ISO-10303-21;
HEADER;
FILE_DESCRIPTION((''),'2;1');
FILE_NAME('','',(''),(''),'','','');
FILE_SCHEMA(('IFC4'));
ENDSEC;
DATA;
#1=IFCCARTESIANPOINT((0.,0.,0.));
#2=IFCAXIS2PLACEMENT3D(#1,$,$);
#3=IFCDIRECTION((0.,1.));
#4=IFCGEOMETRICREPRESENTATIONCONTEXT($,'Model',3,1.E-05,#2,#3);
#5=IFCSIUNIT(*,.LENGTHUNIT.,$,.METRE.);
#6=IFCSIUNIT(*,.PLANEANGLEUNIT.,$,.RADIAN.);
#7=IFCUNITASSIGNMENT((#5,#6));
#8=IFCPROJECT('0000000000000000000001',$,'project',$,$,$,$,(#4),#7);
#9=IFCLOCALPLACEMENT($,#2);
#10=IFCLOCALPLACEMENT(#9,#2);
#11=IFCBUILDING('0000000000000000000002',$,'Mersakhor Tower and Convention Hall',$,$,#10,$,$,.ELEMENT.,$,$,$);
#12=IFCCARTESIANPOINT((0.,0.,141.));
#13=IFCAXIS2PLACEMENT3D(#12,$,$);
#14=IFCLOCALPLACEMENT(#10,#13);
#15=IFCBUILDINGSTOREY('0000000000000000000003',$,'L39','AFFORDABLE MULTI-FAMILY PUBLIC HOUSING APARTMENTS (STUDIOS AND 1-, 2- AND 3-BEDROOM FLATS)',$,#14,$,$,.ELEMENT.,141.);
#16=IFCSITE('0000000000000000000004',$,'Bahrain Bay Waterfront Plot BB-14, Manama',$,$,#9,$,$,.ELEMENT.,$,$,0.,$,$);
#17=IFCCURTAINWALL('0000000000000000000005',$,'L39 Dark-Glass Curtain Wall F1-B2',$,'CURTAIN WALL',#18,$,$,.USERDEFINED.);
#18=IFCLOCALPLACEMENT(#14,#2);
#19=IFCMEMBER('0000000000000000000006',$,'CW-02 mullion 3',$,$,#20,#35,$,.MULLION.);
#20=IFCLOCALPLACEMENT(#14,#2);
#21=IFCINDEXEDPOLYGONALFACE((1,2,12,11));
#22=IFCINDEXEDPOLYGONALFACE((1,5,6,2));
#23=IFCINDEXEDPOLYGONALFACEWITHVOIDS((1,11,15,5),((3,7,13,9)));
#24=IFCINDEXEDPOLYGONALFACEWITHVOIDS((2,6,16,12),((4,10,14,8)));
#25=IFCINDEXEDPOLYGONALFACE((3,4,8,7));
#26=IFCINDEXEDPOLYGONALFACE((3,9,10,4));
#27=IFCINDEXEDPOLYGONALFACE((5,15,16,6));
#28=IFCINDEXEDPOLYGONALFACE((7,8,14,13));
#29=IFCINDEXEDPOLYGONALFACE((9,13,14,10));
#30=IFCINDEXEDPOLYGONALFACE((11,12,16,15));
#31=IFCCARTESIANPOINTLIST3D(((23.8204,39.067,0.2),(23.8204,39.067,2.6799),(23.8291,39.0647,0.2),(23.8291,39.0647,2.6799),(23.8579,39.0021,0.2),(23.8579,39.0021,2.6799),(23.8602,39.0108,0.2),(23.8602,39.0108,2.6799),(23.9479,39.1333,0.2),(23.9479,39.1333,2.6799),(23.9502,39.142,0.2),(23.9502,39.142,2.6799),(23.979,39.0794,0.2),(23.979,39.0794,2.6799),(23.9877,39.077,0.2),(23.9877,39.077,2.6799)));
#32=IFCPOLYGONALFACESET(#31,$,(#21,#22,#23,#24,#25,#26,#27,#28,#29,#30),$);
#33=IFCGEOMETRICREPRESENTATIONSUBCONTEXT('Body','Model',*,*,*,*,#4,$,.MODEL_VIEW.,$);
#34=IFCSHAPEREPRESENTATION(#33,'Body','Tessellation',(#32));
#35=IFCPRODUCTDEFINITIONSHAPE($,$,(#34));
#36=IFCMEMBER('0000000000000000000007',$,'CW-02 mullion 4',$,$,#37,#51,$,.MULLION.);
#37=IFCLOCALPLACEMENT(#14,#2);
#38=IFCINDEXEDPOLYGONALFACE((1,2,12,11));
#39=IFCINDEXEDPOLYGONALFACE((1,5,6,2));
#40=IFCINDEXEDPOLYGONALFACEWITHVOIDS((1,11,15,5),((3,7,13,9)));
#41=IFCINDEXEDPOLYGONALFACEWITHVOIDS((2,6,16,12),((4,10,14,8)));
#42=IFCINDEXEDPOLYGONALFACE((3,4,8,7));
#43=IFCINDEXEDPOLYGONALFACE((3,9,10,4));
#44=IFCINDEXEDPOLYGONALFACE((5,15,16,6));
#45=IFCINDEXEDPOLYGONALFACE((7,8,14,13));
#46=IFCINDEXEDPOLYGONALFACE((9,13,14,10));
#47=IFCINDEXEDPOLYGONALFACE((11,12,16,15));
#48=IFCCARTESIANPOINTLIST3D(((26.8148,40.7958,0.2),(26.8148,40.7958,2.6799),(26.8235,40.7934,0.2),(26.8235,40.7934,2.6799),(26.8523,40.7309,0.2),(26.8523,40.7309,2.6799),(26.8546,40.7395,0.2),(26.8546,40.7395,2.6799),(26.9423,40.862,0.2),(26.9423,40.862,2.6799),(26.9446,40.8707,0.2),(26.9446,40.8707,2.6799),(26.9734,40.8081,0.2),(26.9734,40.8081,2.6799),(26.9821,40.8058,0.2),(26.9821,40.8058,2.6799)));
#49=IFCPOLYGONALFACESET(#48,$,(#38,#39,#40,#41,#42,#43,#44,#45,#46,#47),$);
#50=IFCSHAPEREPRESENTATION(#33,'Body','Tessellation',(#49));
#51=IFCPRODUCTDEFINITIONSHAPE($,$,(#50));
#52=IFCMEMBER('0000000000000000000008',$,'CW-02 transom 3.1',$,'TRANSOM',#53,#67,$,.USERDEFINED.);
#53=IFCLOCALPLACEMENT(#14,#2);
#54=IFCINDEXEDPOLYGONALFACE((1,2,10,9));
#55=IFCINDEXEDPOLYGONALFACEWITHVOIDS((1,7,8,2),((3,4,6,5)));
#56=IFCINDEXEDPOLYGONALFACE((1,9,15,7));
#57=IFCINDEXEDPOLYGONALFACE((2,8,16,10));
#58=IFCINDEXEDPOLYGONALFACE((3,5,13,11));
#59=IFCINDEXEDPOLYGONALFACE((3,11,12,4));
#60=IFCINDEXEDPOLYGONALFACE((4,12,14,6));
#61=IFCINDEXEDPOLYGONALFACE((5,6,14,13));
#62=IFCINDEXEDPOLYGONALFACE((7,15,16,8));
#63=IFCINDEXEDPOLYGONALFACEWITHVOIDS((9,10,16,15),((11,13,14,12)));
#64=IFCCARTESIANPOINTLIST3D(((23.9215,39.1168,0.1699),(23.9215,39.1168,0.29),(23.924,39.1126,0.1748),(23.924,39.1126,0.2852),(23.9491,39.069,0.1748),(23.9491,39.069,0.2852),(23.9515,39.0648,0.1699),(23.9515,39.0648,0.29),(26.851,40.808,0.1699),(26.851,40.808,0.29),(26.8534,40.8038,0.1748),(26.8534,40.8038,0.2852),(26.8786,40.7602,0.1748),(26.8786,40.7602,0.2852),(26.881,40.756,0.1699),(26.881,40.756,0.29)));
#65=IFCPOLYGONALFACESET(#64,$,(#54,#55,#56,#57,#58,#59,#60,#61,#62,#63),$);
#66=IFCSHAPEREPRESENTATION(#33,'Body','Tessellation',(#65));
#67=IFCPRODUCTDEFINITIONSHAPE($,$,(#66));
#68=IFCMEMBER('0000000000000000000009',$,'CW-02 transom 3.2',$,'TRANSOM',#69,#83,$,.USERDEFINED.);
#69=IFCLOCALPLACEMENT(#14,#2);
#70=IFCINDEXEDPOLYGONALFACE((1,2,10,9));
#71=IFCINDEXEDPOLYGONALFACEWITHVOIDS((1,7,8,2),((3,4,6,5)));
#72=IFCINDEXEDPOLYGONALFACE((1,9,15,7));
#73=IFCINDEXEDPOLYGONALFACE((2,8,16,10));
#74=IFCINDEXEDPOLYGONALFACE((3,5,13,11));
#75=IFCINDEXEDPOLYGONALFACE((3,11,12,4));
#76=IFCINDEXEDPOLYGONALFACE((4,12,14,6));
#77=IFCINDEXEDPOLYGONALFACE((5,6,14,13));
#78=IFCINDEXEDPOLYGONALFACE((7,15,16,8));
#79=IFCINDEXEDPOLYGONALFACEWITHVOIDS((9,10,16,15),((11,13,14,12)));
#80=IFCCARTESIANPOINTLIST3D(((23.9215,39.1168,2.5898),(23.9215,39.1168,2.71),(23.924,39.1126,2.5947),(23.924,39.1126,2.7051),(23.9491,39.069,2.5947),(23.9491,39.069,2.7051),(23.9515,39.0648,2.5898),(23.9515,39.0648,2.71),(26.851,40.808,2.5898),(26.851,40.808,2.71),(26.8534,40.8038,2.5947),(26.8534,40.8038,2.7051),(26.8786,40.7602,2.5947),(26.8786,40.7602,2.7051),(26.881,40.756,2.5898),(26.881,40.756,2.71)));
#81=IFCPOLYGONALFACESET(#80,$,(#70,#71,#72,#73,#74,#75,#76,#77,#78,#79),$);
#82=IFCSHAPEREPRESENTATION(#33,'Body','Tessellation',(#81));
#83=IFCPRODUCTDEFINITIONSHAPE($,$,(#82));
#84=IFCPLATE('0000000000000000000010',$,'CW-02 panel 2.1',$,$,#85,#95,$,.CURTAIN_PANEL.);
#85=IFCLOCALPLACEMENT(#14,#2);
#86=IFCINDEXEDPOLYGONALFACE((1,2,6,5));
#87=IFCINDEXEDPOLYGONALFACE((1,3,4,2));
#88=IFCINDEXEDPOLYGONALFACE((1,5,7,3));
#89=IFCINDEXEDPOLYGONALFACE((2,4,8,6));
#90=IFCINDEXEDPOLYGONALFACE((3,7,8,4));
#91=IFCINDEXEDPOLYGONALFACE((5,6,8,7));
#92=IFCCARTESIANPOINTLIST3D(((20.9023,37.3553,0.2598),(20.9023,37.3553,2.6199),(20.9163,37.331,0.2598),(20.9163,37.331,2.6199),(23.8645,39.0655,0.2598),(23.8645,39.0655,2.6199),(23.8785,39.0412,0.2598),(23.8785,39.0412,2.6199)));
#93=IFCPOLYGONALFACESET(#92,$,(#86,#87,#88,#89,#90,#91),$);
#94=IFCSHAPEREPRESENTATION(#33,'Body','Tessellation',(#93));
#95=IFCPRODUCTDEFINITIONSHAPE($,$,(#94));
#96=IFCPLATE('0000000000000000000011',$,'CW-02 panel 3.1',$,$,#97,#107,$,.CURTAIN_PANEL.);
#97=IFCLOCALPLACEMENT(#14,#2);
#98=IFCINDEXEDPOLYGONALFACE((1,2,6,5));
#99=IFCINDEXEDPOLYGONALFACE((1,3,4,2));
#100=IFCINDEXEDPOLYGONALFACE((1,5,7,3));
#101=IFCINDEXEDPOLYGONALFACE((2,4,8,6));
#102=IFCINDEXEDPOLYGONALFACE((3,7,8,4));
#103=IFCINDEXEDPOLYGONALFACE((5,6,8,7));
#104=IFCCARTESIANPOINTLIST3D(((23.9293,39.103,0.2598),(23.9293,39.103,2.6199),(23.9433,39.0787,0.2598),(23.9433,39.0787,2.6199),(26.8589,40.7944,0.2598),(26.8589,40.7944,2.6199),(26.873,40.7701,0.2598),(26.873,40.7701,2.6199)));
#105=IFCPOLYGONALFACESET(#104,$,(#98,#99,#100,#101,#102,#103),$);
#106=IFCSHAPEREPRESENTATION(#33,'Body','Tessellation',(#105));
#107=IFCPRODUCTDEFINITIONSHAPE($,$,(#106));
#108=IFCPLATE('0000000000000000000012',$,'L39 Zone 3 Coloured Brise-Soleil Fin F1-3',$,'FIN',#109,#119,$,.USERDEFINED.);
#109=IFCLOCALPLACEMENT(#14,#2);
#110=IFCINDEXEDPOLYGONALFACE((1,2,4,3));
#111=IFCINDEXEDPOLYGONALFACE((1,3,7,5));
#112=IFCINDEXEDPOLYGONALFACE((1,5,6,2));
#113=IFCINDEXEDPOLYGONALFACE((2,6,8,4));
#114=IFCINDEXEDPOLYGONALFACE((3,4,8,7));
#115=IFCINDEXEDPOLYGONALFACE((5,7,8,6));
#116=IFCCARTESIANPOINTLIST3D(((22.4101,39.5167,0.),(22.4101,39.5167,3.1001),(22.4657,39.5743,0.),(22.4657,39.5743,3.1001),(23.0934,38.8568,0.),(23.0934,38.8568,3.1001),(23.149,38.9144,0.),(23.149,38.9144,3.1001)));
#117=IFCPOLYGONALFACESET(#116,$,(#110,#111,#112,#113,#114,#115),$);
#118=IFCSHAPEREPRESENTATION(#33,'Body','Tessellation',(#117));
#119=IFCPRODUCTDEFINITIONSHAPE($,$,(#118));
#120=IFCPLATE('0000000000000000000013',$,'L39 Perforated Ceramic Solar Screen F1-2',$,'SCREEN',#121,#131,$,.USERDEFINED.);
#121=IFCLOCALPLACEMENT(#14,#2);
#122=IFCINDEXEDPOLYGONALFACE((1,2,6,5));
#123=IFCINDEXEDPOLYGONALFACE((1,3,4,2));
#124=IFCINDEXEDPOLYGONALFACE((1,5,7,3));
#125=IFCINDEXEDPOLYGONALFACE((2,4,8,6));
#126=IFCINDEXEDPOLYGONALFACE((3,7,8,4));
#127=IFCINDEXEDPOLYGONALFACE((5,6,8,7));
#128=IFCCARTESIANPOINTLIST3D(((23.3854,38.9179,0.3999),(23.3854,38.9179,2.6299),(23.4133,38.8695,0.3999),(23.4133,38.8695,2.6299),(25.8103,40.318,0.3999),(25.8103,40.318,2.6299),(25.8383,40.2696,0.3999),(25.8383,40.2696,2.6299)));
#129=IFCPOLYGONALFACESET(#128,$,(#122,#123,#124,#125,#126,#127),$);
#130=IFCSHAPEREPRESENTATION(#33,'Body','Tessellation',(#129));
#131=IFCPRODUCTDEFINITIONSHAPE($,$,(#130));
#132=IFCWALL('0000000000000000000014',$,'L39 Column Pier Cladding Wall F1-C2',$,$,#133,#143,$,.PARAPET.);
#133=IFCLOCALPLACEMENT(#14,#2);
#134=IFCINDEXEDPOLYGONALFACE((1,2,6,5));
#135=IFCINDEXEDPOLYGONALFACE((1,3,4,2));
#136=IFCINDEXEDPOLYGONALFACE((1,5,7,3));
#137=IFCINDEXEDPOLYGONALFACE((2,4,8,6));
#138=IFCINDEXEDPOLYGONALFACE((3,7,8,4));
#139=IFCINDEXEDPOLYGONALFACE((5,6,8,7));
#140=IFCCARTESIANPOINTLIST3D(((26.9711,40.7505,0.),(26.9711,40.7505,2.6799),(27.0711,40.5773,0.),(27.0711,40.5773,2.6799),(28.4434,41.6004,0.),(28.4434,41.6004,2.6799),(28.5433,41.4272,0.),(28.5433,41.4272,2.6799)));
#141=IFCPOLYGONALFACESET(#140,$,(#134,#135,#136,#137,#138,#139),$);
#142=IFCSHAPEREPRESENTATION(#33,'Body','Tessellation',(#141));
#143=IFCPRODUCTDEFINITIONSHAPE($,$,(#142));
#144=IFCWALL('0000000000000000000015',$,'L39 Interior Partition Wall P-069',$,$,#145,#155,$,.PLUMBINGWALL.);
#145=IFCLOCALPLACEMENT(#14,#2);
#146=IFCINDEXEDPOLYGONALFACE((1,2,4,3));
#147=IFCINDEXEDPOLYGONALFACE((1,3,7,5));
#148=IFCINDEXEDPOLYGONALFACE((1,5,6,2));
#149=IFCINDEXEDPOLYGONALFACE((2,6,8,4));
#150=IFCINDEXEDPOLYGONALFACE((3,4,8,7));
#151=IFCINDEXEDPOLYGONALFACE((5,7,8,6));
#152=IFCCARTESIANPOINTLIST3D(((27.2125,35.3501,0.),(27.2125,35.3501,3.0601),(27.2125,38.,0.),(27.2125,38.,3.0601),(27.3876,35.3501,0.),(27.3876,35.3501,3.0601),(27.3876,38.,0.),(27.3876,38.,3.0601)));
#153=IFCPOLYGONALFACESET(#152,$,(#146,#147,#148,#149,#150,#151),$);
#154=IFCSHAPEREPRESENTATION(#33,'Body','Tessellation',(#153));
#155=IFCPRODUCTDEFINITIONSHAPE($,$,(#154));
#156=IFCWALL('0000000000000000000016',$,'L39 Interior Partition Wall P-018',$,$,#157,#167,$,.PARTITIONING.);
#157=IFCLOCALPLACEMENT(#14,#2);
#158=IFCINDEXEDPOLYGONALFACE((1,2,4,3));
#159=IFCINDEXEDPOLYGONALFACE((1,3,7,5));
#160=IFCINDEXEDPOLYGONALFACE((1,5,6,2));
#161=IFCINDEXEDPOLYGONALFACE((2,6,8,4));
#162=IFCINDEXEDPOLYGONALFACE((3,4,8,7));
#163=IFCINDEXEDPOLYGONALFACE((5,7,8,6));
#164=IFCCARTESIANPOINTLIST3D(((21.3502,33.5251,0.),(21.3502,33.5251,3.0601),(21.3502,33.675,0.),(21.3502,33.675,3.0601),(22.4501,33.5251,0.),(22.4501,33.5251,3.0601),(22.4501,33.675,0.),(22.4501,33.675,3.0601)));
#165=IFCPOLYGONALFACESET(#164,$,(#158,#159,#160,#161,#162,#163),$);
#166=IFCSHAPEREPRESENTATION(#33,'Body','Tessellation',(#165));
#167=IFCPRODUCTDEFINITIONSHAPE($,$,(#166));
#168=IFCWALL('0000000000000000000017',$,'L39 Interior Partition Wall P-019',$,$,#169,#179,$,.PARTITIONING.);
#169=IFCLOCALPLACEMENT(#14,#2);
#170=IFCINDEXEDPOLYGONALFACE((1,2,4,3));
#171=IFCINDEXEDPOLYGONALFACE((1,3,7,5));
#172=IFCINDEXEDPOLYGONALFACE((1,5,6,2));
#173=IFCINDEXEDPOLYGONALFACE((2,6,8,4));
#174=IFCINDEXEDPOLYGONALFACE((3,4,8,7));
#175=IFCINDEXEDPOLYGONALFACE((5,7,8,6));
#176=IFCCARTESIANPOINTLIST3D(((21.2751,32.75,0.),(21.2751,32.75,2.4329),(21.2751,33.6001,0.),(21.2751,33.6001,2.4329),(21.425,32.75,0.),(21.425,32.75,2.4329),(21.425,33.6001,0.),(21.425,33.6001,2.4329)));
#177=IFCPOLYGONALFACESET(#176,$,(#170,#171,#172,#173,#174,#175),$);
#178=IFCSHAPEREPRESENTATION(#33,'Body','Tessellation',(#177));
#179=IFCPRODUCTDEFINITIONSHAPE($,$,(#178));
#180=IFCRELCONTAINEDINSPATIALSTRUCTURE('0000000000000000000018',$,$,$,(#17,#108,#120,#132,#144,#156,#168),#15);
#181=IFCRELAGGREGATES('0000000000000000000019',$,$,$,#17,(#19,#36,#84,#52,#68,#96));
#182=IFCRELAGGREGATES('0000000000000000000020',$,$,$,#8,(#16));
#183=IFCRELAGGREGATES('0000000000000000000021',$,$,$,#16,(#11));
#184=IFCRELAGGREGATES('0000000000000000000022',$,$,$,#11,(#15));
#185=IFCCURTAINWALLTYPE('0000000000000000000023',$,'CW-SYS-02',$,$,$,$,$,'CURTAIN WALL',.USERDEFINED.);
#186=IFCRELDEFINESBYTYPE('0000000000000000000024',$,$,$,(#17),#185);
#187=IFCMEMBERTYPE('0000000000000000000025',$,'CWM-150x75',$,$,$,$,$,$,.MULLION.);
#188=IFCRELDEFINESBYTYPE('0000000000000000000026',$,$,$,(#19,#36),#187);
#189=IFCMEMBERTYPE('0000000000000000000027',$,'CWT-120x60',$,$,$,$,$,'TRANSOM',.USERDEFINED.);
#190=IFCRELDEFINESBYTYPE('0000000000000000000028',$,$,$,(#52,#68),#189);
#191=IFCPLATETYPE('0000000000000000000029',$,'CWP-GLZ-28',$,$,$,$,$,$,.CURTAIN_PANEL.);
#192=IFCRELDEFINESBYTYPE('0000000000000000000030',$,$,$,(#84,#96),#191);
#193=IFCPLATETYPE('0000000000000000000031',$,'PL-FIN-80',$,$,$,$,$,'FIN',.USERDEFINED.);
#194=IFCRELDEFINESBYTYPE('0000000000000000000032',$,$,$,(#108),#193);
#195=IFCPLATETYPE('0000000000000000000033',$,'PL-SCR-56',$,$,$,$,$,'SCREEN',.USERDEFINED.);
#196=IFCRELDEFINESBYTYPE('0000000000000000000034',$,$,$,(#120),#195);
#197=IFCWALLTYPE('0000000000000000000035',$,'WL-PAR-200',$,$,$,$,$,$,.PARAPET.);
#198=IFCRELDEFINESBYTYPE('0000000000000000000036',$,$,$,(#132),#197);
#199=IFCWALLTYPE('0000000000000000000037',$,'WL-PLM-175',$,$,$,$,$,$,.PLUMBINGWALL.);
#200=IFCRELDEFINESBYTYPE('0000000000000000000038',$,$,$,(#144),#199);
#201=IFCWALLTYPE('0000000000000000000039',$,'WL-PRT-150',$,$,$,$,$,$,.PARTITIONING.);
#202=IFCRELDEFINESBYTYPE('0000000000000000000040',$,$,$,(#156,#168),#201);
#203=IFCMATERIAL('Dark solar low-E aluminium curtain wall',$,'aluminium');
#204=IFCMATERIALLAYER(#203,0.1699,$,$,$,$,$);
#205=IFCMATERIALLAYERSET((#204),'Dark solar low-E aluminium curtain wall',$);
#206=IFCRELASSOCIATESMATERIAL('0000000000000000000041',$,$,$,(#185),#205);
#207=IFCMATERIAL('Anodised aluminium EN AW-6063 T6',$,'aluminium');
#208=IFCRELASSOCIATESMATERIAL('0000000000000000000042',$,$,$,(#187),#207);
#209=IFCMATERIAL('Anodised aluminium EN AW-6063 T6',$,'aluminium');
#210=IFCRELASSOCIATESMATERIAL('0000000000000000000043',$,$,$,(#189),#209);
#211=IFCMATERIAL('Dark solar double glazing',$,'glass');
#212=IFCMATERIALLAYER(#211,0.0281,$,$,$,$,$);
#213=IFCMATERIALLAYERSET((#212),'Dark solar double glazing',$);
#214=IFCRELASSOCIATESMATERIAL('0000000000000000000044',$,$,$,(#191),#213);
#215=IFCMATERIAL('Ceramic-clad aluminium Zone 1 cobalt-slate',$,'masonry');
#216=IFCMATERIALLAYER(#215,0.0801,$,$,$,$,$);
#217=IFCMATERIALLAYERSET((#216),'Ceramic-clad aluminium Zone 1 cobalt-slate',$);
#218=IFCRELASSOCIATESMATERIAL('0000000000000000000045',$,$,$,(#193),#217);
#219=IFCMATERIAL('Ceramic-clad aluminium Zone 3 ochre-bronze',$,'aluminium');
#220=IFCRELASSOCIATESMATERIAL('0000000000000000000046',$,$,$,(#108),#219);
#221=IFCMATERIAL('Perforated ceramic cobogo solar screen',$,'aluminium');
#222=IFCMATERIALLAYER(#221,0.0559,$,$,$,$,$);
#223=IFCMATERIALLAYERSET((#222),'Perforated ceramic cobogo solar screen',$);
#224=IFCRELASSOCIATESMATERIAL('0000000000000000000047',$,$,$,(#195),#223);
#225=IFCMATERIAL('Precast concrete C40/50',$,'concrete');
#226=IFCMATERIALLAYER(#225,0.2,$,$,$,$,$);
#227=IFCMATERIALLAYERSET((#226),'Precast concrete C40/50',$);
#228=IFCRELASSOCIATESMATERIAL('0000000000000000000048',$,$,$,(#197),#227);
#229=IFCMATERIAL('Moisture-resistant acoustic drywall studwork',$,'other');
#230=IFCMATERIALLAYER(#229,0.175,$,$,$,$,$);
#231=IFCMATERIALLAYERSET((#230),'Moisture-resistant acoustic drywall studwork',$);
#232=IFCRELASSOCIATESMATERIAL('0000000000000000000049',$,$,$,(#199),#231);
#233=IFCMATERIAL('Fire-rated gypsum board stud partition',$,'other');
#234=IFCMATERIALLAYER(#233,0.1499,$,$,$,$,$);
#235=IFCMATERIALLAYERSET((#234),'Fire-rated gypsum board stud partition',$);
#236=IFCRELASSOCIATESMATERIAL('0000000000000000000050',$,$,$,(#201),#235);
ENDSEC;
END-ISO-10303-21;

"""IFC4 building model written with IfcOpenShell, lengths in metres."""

from ifc_helpers import new_model, si_unit, direction, frame, frame_2d, origin, origin_2d, place, context, subcontext, project, spatial, rectangle, hollow_rectangle, extrude, material, layer, layer_set, material_profile, profile_set, type_object, element, aggregate, save


model = new_model("IFC4")

# Units and contexts
model_context = context("Model", 3, precision=1e-05, world=origin(), true_north=direction((0.0, 1.0)))
body_context = subcontext(model_context, "Body", "Model", "MODEL_VIEW")
ifc_project = project(units=[si_unit("LENGTHUNIT", "METRE"), si_unit("PLANEANGLEUNIT", "RADIAN")], contexts=[model_context])

# Site, building, storey
site_placement = place(None, origin())
site = spatial("IfcSite", under=ifc_project, at=site_placement, Name="Bahrain Bay Waterfront Plot BB-14, Manama", CompositionType="ELEMENT", RefElevation=0.0)
building_placement = place(site_placement, origin())
building = spatial("IfcBuilding", under=site, at=building_placement, Name="Mersakhor Tower and Convention Hall", CompositionType="ELEMENT")
storey_placement = place(building_placement, frame((0.0, 0.0, 141.0)))
storey = spatial("IfcBuildingStorey", under=building, at=storey_placement, Name="L39", Description="AFFORDABLE MULTI-FAMILY PUBLIC HOUSING APARTMENTS (STUDIOS AND 1-, 2- AND 3-BEDROOM FLATS)", CompositionType="ELEMENT", Elevation=141.0)

# Curtain wall, members, plates
ifc_material_1 = material(Name="Dark solar low-E aluminium curtain wall", Category="aluminium")
ifc_layer_1 = layer(ifc_material_1, 0.1699)
ifc_layer_set_1 = layer_set([ifc_layer_1], Name="Dark solar low-E aluminium curtain wall")
curtain_wall_type = type_object("IfcCurtainWallType", Name="CW-SYS-02", ElementType="CURTAIN WALL", PredefinedType="USERDEFINED", material=ifc_layer_set_1)
curtain_wall_placement = place(storey_placement, origin())
curtain_wall = element("IfcCurtainWall", 1, at=curtain_wall_placement, inside=storey, type_object=curtain_wall_type, Name="L39 Dark-Glass Curtain Wall F1-B2", ObjectType="CURTAIN WALL", PredefinedType="USERDEFINED")
ifc_material_2 = material(Name="Anodised aluminium EN AW-6063 T6", Category="aluminium")
ifc_material_profile_1 = material_profile(ifc_material_2, hollow_rectangle(XDim=0.075, YDim=0.1499, WallThickness=0.0063, at=origin_2d()), Name="RHS 150x75x6.3")
ifc_profile_set_1 = profile_set([ifc_material_profile_1], Name="Anodised aluminium EN AW-6063 T6")
member_type_1 = type_object("IfcMemberType", Name="CWM-150x75", PredefinedType="MULLION", material=ifc_profile_set_1)
member_1_placement = place(storey_placement, frame((23.9041, 39.072, 0.2), z_axis=(0.0, 0.0, 1.0), x_axis=(-0.49999, 0.866031, 0.0)))
member_1 = element("IfcMember", 2, at=member_1_placement, type_object=member_type_1, Name="CW-02 mullion 3", PredefinedType="MULLION", context=body_context, shape_type="SweptSolid", body=[
    extrude(hollow_rectangle(XDim=0.075, YDim=0.1499, WallThickness=0.0063, at=origin_2d()), origin(), (0.0, 0.0, 1.0), 2.48),
])
member_2_placement = place(storey_placement, frame((26.8984, 40.8008, 0.2), z_axis=(0.0, 0.0, 1.0), x_axis=(-0.49999, 0.866031, 0.0)))
member_2 = element("IfcMember", 3, at=member_2_placement, type_object=member_type_1, Name="CW-02 mullion 4", PredefinedType="MULLION", context=body_context, shape_type="SweptSolid", body=[
    extrude(hollow_rectangle(XDim=0.075, YDim=0.1499, WallThickness=0.0063, at=origin_2d()), origin(), (0.0, 0.0, 1.0), 2.48),
])
ifc_material_3 = material(Name="Anodised aluminium EN AW-6063 T6", Category="aluminium")
ifc_material_profile_2 = material_profile(ifc_material_3, hollow_rectangle(XDim=0.0601, YDim=0.1201, WallThickness=0.0049, at=origin_2d()), Name="RHS 120x60x5")
ifc_profile_set_2 = profile_set([ifc_material_profile_2], Name="Anodised aluminium EN AW-6063 T6")
member_type_2 = type_object("IfcMemberType", Name="CWT-120x60", ElementType="TRANSOM", PredefinedType="USERDEFINED", material=ifc_profile_set_2)
member_3_placement = place(storey_placement, frame((23.9365, 39.0908, 0.23), z_axis=(0.866045, 0.499966, 0.0), x_axis=(-0.499966, 0.866045, 0.0)))
member_3 = element("IfcMember", 4, at=member_3_placement, type_object=member_type_2, Name="CW-02 transom 3.1", ObjectType="TRANSOM", PredefinedType="USERDEFINED", context=body_context, shape_type="SweptSolid", body=[
    extrude(hollow_rectangle(XDim=0.0601, YDim=0.1201, WallThickness=0.0049, at=origin_2d()), origin(), (0.0, 0.0, 1.0), 3.3826),
])
member_4_placement = place(storey_placement, frame((23.9365, 39.0908, 2.6499), z_axis=(0.866045, 0.499966, 0.0), x_axis=(-0.499966, 0.866045, 0.0)))
member_4 = element("IfcMember", 5, at=member_4_placement, type_object=member_type_2, Name="CW-02 transom 3.2", ObjectType="TRANSOM", PredefinedType="USERDEFINED", context=body_context, shape_type="SweptSolid", body=[
    extrude(hollow_rectangle(XDim=0.0601, YDim=0.1201, WallThickness=0.0049, at=origin_2d()), origin(), (0.0, 0.0, 1.0), 3.3826),
])
ifc_material_4 = material(Name="Dark solar double glazing", Category="glass")
ifc_layer_2 = layer(ifc_material_4, 0.0281)
ifc_layer_set_2 = layer_set([ifc_layer_2], Name="Dark solar double glazing")
plate_type_1 = type_object("IfcPlateType", Name="CWP-GLZ-28", PredefinedType="CURTAIN_PANEL", material=ifc_layer_set_2)
plate_1_placement = place(storey_placement, frame((22.3904, 38.1982, 0.2598), z_axis=(0.0, 0.0, 1.0), x_axis=(0.866031, 0.49999, 0.0)))
plate_1 = element("IfcPlate", 6, at=plate_1_placement, type_object=plate_type_1, Name="CW-02 panel 2.1", PredefinedType="CURTAIN_PANEL", context=body_context, shape_type="SweptSolid", body=[
    extrude(rectangle(XDim=3.4204, YDim=0.0281, at=origin_2d()), origin(), (0.0, 0.0, 1.0), 2.3601),
])
plate_2_placement = place(storey_placement, frame((25.4011, 39.9365, 0.2598), z_axis=(0.0, 0.0, 1.0), x_axis=(0.866031, 0.49999, 0.0)))
plate_2 = element("IfcPlate", 7, at=plate_2_placement, type_object=plate_type_1, Name="CW-02 panel 3.1", PredefinedType="CURTAIN_PANEL", context=body_context, shape_type="SweptSolid", body=[
    extrude(rectangle(XDim=3.3828, YDim=0.0281, at=origin_2d()), origin(), (0.0, 0.0, 1.0), 2.3601),
])
aggregate(curtain_wall, [member_1, member_2, plate_1, member_3, member_4, plate_2])

# Plates
ifc_material_5 = material(Name="Ceramic-clad aluminium Zone 3 ochre-bronze", Category="aluminium")
ifc_material_6 = material(Name="Ceramic-clad aluminium Zone 1 cobalt-slate", Category="masonry")
ifc_layer_3 = layer(ifc_material_6, 0.0801)
ifc_layer_set_3 = layer_set([ifc_layer_3], Name="Ceramic-clad aluminium Zone 1 cobalt-slate")
plate_type_2 = type_object("IfcPlateType", Name="PL-FIN-80", ElementType="FIN", PredefinedType="USERDEFINED", material=ifc_layer_set_3)
plate_3_placement = place(storey_placement, frame((22.7795, 39.2156, 0.0), z_axis=(0.0, 0.0, 1.0), x_axis=(-0.71934, 0.694658, 0.0)))
element("IfcPlate", 8, at=plate_3_placement, inside=storey, type_object=plate_type_2, material=ifc_material_5, Name="L39 Zone 3 Coloured Brise-Soleil Fin F1-3", ObjectType="FIN", PredefinedType="USERDEFINED", context=body_context, shape_type="SweptSolid", body=[
    extrude(rectangle(XDim=0.95, YDim=0.0801, at=origin_2d()), origin(), (0.0, 0.0, 1.0), 3.1001),
])
ifc_material_7 = material(Name="Perforated ceramic cobogo solar screen", Category="aluminium")
ifc_layer_4 = layer(ifc_material_7, 0.0559)
ifc_layer_set_4 = layer_set([ifc_layer_4], Name="Perforated ceramic cobogo solar screen")
plate_type_3 = type_object("IfcPlateType", Name="PL-SCR-56", ElementType="SCREEN", PredefinedType="USERDEFINED", material=ifc_layer_set_4)
plate_4_placement = place(storey_placement, frame((24.6118, 39.5938, 0.3999), z_axis=(0.0, 0.0, 1.0), x_axis=(0.866025, 0.5, 0.0)))
element("IfcPlate", 9, at=plate_4_placement, inside=storey, type_object=plate_type_3, Name="L39 Perforated Ceramic Solar Screen F1-2", ObjectType="SCREEN", PredefinedType="USERDEFINED", context=body_context, shape_type="SweptSolid", body=[
    extrude(rectangle(XDim=2.8, YDim=0.0559, at=origin_2d()), origin(), (0.0, 0.0, 1.0), 2.23),
])

# Walls
ifc_material_8 = material(Name="Precast concrete C40/50", Category="concrete")
ifc_layer_5 = layer(ifc_material_8, 0.2)
ifc_layer_set_5 = layer_set([ifc_layer_5], Name="Precast concrete C40/50")
wall_type_1 = type_object("IfcWallType", Name="WL-PAR-200", PredefinedType="PARAPET", material=ifc_layer_set_5)
wall_1_placement = place(storey_placement, frame((27.021, 40.6638, 0.0), z_axis=(0.0, 0.0, 1.0), x_axis=(0.866052, 0.499955, 0.0)))
element("IfcWall", 10, at=wall_1_placement, inside=storey, type_object=wall_type_1, Name="L39 Column Pier Cladding Wall F1-C2", PredefinedType="PARAPET", context=body_context, shape_type="SweptSolid", body=[
    extrude(rectangle(XDim=1.7, YDim=0.2, at=frame_2d((0.8501, 0.0))), origin(), (0.0, 0.0, 1.0), 2.6799),
])
ifc_material_9 = material(Name="Moisture-resistant acoustic drywall studwork", Category="other")
ifc_layer_6 = layer(ifc_material_9, 0.175)
ifc_layer_set_6 = layer_set([ifc_layer_6], Name="Moisture-resistant acoustic drywall studwork")
wall_type_2 = type_object("IfcWallType", Name="WL-PLM-175", PredefinedType="PLUMBINGWALL", material=ifc_layer_set_6)
wall_2_placement = place(storey_placement, frame((27.3, 38.0, 0.0), z_axis=(0.0, 0.0, 1.0), x_axis=(0.0, -1.0, 0.0)))
element("IfcWall", 11, at=wall_2_placement, inside=storey, type_object=wall_type_2, Name="L39 Interior Partition Wall P-069", PredefinedType="PLUMBINGWALL", context=body_context, shape_type="SweptSolid", body=[
    extrude(rectangle(XDim=2.6499, YDim=0.175, at=frame_2d((1.325, 0.0))), origin(), (0.0, 0.0, 1.0), 3.0601),
])
ifc_material_10 = material(Name="Fire-rated gypsum board stud partition", Category="other")
ifc_layer_7 = layer(ifc_material_10, 0.1499)
ifc_layer_set_7 = layer_set([ifc_layer_7], Name="Fire-rated gypsum board stud partition")
wall_type_3 = type_object("IfcWallType", Name="WL-PRT-150", PredefinedType="PARTITIONING", material=ifc_layer_set_7)
wall_3_placement = place(storey_placement, frame((22.45, 33.6001, 0.0), z_axis=(0.0, 0.0, 1.0), x_axis=(-1.0, 0.0, 0.0)))
element("IfcWall", 12, at=wall_3_placement, inside=storey, type_object=wall_type_3, Name="L39 Interior Partition Wall P-018", PredefinedType="PARTITIONING", context=body_context, shape_type="SweptSolid", body=[
    extrude(rectangle(XDim=1.0999, YDim=0.1499, at=frame_2d((0.5498, 0.0))), origin(), (0.0, 0.0, 1.0), 3.0601),
])
wall_4_placement = place(storey_placement, frame((21.3501, 33.6001, 0.0), z_axis=(0.0, 0.0, 1.0), x_axis=(0.0, -1.0, 0.0)))
element("IfcWall", 13, at=wall_4_placement, inside=storey, type_object=wall_type_3, Name="L39 Interior Partition Wall P-019", PredefinedType="PARTITIONING", context=body_context, shape_type="SweptSolid", body=[
    extrude(rectangle(XDim=0.8501, YDim=0.1499, at=frame_2d((0.425, 0.0))), origin(), (0.0, 0.0, 1.0), 2.4329),
])

save(model, "model.ifc")
